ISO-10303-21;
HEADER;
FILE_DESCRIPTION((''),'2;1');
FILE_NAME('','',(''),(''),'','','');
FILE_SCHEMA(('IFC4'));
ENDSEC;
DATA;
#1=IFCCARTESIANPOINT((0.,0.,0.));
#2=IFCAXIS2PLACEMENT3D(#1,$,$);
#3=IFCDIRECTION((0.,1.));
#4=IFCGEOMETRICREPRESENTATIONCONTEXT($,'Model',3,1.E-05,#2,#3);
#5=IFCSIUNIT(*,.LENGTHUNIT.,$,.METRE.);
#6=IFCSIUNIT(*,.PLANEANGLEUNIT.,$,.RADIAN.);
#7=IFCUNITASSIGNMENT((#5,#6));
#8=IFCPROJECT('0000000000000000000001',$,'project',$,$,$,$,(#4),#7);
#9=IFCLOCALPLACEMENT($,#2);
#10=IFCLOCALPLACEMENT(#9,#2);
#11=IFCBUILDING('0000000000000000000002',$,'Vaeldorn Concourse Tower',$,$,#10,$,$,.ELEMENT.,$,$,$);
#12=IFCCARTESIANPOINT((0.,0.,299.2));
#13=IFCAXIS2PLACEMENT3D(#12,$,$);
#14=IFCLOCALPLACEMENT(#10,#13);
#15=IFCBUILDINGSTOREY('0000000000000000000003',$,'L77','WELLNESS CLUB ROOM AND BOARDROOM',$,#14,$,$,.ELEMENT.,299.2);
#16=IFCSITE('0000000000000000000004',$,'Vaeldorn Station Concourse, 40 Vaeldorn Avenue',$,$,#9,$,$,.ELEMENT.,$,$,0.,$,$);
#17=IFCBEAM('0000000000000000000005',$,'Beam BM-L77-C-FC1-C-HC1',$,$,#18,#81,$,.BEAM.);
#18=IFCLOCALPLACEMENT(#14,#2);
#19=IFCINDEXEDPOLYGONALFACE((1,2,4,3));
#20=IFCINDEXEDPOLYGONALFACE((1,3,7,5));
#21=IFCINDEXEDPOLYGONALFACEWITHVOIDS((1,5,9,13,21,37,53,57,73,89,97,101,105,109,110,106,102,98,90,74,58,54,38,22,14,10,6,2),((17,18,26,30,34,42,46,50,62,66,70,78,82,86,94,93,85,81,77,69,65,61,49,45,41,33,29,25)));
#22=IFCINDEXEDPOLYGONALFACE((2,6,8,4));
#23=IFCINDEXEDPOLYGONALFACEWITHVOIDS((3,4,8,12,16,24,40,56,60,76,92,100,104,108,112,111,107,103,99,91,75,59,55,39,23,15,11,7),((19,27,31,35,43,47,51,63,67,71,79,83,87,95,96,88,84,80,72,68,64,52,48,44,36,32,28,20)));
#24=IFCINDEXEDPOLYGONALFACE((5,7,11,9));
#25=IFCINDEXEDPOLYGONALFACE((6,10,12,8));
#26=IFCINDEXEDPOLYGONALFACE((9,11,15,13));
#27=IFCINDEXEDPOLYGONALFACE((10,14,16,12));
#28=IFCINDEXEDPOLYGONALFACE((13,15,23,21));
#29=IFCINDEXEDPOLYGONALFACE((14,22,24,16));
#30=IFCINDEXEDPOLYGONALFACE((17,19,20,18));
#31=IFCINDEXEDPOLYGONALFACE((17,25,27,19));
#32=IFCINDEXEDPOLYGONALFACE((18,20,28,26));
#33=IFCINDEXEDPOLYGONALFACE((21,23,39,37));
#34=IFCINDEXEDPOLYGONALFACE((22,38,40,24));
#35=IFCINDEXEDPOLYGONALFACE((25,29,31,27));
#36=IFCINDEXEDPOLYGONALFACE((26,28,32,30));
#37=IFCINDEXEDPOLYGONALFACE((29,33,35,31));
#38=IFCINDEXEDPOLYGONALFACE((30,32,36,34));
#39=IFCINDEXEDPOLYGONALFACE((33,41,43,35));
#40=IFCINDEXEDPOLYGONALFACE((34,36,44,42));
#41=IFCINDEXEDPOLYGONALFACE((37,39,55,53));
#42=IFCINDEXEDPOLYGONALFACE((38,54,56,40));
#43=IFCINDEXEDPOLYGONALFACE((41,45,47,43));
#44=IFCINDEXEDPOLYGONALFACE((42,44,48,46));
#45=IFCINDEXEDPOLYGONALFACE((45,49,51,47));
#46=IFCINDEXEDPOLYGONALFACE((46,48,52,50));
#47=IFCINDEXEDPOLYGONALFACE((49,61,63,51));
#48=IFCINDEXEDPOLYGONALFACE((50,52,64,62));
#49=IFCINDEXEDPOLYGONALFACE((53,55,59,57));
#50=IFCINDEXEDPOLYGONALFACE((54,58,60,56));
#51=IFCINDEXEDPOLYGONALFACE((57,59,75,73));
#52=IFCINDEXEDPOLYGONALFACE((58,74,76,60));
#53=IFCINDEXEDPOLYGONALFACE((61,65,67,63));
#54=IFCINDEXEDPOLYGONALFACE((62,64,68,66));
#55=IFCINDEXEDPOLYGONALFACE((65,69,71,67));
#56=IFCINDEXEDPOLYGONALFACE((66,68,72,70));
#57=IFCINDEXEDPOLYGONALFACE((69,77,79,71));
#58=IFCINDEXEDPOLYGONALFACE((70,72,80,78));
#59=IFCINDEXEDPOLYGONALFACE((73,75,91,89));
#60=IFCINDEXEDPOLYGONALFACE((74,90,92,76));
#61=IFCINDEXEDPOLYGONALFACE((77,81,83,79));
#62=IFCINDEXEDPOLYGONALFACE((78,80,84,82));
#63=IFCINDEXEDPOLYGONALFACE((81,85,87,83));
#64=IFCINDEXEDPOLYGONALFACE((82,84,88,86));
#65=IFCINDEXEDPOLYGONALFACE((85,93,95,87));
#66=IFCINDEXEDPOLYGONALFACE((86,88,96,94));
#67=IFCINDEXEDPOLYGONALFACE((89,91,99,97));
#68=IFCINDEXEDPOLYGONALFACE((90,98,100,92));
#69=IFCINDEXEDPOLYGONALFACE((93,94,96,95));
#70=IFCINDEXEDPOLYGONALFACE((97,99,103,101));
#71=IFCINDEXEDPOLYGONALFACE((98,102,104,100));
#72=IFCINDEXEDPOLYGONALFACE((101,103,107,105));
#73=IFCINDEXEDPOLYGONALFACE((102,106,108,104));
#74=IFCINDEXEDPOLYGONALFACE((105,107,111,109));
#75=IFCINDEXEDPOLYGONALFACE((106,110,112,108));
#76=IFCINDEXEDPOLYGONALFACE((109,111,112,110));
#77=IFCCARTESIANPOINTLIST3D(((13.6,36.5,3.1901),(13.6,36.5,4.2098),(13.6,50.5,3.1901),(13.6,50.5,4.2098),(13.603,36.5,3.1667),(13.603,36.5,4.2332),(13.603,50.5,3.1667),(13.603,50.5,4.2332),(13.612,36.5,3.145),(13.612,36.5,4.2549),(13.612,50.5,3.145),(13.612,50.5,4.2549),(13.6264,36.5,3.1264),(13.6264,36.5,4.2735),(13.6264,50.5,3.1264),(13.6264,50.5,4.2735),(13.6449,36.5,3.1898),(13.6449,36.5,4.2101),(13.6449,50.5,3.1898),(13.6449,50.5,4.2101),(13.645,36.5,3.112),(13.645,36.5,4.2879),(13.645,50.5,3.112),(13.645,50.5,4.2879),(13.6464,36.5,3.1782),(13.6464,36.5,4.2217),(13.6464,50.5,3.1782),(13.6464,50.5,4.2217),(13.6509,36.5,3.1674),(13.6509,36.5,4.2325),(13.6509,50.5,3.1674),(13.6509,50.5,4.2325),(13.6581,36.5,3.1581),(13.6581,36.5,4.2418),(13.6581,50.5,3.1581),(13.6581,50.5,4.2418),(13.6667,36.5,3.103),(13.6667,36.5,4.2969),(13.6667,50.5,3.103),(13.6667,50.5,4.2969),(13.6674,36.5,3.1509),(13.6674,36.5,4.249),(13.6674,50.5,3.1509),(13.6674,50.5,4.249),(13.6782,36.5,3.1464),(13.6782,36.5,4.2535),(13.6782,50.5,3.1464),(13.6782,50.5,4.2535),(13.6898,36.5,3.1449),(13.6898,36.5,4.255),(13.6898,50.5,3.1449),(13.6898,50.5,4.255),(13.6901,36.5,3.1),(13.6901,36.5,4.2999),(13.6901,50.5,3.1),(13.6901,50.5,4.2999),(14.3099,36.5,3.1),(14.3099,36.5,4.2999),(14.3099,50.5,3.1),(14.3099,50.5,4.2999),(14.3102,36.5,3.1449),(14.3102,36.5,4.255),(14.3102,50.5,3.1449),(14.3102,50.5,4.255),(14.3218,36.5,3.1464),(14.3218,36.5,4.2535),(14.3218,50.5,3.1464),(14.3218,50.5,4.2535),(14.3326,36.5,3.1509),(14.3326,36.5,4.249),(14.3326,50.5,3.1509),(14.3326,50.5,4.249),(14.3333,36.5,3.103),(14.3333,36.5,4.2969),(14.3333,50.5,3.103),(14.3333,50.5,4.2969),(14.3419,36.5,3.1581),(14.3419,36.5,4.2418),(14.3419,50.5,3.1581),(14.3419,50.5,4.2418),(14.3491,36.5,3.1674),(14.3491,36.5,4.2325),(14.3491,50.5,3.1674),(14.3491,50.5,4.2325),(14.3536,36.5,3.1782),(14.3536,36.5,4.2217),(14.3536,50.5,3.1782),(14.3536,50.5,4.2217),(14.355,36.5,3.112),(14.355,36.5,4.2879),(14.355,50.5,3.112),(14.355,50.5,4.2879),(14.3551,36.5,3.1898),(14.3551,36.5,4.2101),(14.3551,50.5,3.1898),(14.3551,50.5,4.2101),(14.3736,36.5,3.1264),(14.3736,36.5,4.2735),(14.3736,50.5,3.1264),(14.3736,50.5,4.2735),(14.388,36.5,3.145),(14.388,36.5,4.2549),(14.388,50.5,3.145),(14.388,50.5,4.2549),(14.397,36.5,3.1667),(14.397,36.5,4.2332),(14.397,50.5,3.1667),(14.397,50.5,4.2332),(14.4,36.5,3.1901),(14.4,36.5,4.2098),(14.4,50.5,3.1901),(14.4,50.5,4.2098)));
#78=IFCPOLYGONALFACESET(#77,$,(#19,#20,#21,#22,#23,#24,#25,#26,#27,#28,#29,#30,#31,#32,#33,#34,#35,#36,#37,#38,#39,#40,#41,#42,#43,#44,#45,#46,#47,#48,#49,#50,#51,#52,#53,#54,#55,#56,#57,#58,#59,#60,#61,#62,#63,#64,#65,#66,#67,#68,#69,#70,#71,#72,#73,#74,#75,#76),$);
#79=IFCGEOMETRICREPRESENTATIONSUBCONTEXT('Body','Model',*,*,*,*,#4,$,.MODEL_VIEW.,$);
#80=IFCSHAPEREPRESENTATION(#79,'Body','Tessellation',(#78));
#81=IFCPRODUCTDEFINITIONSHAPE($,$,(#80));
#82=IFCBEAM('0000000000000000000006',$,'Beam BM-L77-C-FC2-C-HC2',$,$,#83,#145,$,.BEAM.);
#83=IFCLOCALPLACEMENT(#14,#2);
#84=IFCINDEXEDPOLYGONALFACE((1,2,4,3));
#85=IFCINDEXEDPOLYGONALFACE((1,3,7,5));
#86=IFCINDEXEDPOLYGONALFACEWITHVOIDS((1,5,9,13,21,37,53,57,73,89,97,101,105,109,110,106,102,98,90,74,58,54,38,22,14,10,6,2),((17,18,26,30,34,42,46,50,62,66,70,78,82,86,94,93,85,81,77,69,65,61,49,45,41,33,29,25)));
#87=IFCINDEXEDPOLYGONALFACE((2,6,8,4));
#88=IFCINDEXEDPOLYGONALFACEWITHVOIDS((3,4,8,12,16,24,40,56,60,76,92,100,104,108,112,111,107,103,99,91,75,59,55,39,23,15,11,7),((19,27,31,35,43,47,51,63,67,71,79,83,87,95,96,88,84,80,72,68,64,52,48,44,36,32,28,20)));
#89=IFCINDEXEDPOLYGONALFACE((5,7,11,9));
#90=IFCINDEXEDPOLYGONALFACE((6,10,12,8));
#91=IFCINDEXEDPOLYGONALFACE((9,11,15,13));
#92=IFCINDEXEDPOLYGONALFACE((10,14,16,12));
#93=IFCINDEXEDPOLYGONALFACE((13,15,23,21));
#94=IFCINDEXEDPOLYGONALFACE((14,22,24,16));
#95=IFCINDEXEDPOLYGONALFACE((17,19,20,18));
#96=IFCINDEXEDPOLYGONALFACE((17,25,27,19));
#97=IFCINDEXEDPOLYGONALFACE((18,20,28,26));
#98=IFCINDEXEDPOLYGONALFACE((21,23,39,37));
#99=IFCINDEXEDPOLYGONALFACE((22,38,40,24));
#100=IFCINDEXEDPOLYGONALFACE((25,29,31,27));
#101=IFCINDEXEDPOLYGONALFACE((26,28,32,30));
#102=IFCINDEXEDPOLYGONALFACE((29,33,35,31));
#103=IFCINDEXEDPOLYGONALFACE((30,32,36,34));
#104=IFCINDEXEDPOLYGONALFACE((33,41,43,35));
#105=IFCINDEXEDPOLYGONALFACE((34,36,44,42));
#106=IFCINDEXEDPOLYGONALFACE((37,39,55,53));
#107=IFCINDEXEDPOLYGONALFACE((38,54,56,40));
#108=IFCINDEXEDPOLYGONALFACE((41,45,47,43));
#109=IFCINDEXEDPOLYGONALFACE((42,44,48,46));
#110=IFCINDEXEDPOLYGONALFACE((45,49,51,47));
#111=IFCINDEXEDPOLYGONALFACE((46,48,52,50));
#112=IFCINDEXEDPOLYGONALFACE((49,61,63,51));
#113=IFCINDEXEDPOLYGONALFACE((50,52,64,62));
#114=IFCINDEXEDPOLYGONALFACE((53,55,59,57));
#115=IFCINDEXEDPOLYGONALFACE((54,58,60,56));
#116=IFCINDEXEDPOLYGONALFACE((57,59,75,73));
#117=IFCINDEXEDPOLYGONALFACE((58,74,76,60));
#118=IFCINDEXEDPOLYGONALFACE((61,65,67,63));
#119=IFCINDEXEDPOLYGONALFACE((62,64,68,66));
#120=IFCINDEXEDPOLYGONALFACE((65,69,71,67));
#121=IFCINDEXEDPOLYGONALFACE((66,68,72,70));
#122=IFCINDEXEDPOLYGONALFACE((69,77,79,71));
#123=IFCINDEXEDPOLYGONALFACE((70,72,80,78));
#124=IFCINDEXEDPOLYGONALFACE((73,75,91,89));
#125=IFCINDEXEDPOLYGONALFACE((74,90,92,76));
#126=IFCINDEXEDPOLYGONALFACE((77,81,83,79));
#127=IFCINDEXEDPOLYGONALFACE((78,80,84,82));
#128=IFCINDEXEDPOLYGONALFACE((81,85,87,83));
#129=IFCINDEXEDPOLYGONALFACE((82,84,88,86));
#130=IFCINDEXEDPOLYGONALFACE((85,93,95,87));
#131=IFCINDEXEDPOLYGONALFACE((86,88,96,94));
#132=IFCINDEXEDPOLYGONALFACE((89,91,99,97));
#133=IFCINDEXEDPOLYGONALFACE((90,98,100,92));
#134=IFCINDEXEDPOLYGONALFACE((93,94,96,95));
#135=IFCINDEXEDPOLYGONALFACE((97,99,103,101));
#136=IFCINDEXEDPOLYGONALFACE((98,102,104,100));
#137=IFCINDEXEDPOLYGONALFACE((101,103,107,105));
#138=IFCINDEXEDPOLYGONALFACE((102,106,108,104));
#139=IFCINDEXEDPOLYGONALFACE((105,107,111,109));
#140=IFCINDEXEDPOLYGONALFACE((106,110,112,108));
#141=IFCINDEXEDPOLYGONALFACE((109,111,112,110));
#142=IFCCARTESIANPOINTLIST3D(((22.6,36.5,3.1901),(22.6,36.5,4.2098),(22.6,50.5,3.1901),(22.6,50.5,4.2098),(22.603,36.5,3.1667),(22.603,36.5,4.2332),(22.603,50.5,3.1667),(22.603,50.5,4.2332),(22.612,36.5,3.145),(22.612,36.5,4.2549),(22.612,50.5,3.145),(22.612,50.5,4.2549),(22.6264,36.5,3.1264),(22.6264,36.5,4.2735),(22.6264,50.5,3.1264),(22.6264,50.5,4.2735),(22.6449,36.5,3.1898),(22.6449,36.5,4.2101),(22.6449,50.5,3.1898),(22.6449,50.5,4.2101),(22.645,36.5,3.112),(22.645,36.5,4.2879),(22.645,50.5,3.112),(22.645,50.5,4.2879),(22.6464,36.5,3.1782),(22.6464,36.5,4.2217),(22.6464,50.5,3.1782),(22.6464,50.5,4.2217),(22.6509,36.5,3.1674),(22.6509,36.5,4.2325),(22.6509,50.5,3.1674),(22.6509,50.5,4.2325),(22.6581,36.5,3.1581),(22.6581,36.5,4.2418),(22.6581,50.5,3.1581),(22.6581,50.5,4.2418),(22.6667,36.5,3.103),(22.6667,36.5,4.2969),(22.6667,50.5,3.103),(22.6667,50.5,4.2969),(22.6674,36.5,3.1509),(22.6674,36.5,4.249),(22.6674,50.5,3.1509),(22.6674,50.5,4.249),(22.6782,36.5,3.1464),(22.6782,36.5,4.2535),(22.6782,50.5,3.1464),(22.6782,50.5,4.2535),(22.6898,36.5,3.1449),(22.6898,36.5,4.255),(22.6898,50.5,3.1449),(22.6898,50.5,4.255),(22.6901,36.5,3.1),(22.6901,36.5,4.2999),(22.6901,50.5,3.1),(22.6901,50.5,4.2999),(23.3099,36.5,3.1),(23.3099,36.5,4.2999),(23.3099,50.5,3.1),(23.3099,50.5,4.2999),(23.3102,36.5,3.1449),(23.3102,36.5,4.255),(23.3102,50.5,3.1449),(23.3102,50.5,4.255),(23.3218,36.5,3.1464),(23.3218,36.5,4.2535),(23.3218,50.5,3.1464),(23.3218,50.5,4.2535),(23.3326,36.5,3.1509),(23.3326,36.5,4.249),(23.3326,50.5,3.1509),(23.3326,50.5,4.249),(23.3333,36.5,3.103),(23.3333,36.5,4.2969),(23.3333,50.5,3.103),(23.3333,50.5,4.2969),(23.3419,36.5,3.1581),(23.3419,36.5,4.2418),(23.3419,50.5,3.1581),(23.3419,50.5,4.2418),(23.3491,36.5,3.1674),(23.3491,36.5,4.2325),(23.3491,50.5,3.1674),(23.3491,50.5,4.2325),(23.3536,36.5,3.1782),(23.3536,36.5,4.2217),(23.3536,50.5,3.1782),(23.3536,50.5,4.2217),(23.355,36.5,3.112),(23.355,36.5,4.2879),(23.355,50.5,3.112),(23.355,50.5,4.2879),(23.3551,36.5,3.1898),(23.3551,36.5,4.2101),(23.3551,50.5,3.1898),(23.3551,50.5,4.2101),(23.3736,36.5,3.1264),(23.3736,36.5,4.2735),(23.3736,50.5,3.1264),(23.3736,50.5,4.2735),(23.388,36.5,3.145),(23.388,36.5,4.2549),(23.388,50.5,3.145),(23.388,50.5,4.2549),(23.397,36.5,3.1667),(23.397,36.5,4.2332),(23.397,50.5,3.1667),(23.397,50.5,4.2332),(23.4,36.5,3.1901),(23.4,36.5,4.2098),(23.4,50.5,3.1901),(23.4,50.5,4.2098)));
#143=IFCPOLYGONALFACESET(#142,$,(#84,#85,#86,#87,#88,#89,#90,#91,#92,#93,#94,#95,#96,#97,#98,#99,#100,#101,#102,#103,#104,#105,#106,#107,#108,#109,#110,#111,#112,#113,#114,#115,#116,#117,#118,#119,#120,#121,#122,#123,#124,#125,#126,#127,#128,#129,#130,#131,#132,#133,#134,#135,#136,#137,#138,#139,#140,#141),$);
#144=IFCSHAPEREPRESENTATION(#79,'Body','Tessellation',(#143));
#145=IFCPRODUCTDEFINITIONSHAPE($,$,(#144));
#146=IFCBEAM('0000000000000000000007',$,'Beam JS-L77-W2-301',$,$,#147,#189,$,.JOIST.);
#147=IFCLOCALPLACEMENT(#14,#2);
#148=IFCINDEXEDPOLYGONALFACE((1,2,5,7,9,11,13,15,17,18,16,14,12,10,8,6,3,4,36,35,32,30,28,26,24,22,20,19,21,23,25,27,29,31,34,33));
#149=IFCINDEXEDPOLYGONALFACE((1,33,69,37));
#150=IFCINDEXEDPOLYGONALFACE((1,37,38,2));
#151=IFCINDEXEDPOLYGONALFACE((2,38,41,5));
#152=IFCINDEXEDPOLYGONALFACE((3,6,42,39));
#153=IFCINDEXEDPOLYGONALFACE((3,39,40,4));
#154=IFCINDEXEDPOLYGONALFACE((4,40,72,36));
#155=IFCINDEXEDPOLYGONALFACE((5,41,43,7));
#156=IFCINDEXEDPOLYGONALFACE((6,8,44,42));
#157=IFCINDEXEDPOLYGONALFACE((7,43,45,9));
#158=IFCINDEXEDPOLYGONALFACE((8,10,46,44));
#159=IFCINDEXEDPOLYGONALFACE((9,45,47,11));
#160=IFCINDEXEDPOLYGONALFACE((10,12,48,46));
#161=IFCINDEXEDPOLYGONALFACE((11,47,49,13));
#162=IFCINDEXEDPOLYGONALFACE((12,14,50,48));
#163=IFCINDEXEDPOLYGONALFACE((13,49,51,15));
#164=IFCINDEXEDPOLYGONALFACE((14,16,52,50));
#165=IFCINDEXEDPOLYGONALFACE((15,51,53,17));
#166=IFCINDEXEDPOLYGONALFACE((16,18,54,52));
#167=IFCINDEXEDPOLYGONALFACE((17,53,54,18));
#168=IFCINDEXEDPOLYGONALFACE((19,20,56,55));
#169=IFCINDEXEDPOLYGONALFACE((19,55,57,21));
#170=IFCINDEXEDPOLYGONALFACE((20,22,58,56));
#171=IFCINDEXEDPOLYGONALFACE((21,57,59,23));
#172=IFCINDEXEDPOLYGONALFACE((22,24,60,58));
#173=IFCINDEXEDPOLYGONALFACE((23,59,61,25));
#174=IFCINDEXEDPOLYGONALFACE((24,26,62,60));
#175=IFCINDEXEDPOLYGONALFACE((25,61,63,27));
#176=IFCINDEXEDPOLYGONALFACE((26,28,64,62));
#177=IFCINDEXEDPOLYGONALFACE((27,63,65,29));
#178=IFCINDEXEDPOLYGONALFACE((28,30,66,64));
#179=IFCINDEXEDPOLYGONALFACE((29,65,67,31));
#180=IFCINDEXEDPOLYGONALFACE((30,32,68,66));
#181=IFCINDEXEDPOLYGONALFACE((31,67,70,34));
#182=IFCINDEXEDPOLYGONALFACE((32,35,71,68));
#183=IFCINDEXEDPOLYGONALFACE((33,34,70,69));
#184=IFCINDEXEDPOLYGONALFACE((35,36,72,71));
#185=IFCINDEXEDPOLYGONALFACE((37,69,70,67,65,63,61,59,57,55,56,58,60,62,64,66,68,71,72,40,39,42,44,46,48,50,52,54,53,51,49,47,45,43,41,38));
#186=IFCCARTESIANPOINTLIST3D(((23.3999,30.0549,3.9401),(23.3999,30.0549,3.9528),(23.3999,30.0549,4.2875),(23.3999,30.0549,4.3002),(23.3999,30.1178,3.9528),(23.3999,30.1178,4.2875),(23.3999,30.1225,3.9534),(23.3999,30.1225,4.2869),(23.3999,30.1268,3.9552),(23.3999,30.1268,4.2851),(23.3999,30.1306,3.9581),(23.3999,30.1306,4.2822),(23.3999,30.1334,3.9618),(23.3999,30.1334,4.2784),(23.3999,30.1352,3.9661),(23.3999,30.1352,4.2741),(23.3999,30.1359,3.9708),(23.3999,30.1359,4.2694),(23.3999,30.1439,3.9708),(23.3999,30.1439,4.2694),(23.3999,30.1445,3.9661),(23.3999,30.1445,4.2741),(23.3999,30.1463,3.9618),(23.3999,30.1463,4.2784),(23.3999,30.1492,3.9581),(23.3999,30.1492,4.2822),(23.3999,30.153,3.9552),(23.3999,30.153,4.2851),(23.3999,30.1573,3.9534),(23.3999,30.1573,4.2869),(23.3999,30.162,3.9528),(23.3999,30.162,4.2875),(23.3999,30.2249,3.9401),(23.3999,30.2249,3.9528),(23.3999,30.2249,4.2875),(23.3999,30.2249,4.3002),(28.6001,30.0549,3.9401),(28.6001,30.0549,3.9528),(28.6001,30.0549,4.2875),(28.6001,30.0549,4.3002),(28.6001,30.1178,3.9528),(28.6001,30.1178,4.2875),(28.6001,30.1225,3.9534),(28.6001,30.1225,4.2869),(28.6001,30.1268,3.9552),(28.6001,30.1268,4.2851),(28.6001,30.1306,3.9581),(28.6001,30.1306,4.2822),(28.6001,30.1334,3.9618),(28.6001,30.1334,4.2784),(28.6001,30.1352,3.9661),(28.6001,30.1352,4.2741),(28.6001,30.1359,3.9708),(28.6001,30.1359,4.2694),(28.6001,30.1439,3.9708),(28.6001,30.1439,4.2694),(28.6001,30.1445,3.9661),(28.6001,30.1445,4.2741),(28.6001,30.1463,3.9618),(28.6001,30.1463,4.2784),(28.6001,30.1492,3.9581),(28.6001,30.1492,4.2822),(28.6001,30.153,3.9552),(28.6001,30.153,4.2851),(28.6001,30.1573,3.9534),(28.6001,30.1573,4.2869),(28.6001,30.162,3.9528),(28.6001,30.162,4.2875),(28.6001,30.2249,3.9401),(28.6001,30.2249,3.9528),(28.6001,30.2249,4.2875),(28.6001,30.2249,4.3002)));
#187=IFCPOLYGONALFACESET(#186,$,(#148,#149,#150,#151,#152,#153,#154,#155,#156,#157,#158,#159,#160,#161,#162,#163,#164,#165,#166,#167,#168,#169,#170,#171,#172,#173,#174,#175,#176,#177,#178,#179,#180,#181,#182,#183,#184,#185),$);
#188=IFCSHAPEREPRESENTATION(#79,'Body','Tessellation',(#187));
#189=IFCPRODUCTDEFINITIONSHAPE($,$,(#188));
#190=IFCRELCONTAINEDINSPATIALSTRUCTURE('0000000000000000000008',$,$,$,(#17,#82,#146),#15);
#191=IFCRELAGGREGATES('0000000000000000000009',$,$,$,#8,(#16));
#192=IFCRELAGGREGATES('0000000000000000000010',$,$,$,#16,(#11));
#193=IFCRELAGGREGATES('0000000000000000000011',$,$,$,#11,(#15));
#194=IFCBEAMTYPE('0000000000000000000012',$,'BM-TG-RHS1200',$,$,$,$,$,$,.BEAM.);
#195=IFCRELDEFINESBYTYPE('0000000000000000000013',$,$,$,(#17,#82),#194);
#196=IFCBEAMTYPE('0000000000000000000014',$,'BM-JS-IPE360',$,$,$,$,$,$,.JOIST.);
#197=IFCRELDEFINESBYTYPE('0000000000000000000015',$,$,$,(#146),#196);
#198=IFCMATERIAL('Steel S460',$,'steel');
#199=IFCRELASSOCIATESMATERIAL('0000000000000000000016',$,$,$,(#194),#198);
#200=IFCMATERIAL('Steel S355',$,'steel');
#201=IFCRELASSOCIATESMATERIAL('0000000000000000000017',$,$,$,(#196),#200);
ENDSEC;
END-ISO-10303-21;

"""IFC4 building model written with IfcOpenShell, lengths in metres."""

from ifc_helpers import new_model, si_unit, direction, frame, origin, origin_2d, place, context, subcontext, project, spatial, hollow_rectangle, i_section, extrude, source, transform, mapped, material, material_profile, profile_set, type_object, element, save


model = new_model("IFC4")

# Units and contexts
model_context = context("Model", 3, precision=1e-05, world=origin(), true_north=direction((0.0, 1.0)))
body_context = subcontext(model_context, "Body", "Model", "MODEL_VIEW")
ifc_project = project(units=[si_unit("LENGTHUNIT", "METRE"), si_unit("PLANEANGLEUNIT", "RADIAN")], contexts=[model_context])

# Site, building, storey
site_placement = place(None, origin())
site = spatial("IfcSite", under=ifc_project, at=site_placement, Name="Vaeldorn Station Concourse, 40 Vaeldorn Avenue", CompositionType="ELEMENT", RefElevation=0.0)
building_placement = place(site_placement, origin())
building = spatial("IfcBuilding", under=site, at=building_placement, Name="Vaeldorn Concourse Tower", CompositionType="ELEMENT")
storey_placement = place(building_placement, frame((0.0, 0.0, 299.2)))
storey = spatial("IfcBuildingStorey", under=building, at=storey_placement, Name="L77", Description="WELLNESS CLUB ROOM AND BOARDROOM", CompositionType="ELEMENT", Elevation=299.2)

# Shared definitions
ifc_material_1 = material(Name="Steel S355", Category="steel")

# Beams
ifc_material_2 = material(Name="Steel S460", Category="steel")
ifc_material_profile_1 = material_profile(ifc_material_2, hollow_rectangle(XDim=0.8, YDim=1.2, WallThickness=0.0449, InnerFilletRadius=0.0449, OuterFilletRadius=0.0901, at=origin_2d()), Name="RHS 1200x800x45")
ifc_profile_set_1 = profile_set([ifc_material_profile_1], Name="Steel S460")
beam_type_1 = type_object("IfcBeamType", Name="BM-TG-RHS1200", PredefinedType="BEAM", material=ifc_profile_set_1)
shared_shape_1 = source(origin(), body_context, "Body", "SweptSolid", [
    extrude(hollow_rectangle(XDim=0.8, YDim=1.2, WallThickness=0.0449, InnerFilletRadius=0.0449, OuterFilletRadius=0.0901, at=origin_2d()), origin(), (0.0, 0.0, 1.0), 14.0),
])
for number, where, z_axis, x_axis, name in (
    (1, (14.0, 36.5, 3.7), (0.0, 1.0, 0.0), (-1.0, 0.0, 0.0), "Beam BM-L77-C-FC1-C-HC1"),
    (2, (23.0, 36.5, 3.7), (0.0, 1.0, 0.0), (-1.0, 0.0, 0.0), "Beam BM-L77-C-FC2-C-HC2"),
):
    element("IfcBeam", number, at=place(storey_placement, frame(where, z_axis=z_axis, x_axis=x_axis)), inside=storey, type_object=beam_type_1, Name=name, PredefinedType="BEAM", context=body_context, shape_type="MappedRepresentation", body=[
        mapped(shared_shape_1, transform((0.0, 0.0, 0.0), scale=1.0)),
    ])
ifc_material_profile_2 = material_profile(ifc_material_1, i_section(OverallWidth=0.1699, OverallDepth=0.3601, WebThickness=0.0081, FlangeThickness=0.0127, FilletRadius=0.0181, at=origin_2d()), Name="IPE 360")
ifc_profile_set_2 = profile_set([ifc_material_profile_2], Name="Steel S355")
beam_type_2 = type_object("IfcBeamType", Name="BM-JS-IPE360", PredefinedType="JOIST", material=ifc_profile_set_2)
shared_shape_2 = source(origin(), body_context, "Body", "SweptSolid", [
    extrude(i_section(OverallWidth=0.1699, OverallDepth=0.3601, WebThickness=0.0081, FlangeThickness=0.0127, FilletRadius=0.0181, at=origin_2d()), origin(), (0.0, 0.0, 1.0), 5.2002),
])
for number, where, z_axis, x_axis, name in (
    (3, (23.3999, 30.1399, 4.1201), (1.0, 0.0, 0.0), (0.0, 1.0, 0.0), "Beam JS-L77-W2-301"),
):
    element("IfcBeam", number, at=place(storey_placement, frame(where, z_axis=z_axis, x_axis=x_axis)), inside=storey, type_object=beam_type_2, Name=name, PredefinedType="JOIST", context=body_context, shape_type="MappedRepresentation", body=[
        mapped(shared_shape_2, transform((0.0, 0.0, 0.0), scale=1.0)),
    ])

save(model, "model.ifc")
